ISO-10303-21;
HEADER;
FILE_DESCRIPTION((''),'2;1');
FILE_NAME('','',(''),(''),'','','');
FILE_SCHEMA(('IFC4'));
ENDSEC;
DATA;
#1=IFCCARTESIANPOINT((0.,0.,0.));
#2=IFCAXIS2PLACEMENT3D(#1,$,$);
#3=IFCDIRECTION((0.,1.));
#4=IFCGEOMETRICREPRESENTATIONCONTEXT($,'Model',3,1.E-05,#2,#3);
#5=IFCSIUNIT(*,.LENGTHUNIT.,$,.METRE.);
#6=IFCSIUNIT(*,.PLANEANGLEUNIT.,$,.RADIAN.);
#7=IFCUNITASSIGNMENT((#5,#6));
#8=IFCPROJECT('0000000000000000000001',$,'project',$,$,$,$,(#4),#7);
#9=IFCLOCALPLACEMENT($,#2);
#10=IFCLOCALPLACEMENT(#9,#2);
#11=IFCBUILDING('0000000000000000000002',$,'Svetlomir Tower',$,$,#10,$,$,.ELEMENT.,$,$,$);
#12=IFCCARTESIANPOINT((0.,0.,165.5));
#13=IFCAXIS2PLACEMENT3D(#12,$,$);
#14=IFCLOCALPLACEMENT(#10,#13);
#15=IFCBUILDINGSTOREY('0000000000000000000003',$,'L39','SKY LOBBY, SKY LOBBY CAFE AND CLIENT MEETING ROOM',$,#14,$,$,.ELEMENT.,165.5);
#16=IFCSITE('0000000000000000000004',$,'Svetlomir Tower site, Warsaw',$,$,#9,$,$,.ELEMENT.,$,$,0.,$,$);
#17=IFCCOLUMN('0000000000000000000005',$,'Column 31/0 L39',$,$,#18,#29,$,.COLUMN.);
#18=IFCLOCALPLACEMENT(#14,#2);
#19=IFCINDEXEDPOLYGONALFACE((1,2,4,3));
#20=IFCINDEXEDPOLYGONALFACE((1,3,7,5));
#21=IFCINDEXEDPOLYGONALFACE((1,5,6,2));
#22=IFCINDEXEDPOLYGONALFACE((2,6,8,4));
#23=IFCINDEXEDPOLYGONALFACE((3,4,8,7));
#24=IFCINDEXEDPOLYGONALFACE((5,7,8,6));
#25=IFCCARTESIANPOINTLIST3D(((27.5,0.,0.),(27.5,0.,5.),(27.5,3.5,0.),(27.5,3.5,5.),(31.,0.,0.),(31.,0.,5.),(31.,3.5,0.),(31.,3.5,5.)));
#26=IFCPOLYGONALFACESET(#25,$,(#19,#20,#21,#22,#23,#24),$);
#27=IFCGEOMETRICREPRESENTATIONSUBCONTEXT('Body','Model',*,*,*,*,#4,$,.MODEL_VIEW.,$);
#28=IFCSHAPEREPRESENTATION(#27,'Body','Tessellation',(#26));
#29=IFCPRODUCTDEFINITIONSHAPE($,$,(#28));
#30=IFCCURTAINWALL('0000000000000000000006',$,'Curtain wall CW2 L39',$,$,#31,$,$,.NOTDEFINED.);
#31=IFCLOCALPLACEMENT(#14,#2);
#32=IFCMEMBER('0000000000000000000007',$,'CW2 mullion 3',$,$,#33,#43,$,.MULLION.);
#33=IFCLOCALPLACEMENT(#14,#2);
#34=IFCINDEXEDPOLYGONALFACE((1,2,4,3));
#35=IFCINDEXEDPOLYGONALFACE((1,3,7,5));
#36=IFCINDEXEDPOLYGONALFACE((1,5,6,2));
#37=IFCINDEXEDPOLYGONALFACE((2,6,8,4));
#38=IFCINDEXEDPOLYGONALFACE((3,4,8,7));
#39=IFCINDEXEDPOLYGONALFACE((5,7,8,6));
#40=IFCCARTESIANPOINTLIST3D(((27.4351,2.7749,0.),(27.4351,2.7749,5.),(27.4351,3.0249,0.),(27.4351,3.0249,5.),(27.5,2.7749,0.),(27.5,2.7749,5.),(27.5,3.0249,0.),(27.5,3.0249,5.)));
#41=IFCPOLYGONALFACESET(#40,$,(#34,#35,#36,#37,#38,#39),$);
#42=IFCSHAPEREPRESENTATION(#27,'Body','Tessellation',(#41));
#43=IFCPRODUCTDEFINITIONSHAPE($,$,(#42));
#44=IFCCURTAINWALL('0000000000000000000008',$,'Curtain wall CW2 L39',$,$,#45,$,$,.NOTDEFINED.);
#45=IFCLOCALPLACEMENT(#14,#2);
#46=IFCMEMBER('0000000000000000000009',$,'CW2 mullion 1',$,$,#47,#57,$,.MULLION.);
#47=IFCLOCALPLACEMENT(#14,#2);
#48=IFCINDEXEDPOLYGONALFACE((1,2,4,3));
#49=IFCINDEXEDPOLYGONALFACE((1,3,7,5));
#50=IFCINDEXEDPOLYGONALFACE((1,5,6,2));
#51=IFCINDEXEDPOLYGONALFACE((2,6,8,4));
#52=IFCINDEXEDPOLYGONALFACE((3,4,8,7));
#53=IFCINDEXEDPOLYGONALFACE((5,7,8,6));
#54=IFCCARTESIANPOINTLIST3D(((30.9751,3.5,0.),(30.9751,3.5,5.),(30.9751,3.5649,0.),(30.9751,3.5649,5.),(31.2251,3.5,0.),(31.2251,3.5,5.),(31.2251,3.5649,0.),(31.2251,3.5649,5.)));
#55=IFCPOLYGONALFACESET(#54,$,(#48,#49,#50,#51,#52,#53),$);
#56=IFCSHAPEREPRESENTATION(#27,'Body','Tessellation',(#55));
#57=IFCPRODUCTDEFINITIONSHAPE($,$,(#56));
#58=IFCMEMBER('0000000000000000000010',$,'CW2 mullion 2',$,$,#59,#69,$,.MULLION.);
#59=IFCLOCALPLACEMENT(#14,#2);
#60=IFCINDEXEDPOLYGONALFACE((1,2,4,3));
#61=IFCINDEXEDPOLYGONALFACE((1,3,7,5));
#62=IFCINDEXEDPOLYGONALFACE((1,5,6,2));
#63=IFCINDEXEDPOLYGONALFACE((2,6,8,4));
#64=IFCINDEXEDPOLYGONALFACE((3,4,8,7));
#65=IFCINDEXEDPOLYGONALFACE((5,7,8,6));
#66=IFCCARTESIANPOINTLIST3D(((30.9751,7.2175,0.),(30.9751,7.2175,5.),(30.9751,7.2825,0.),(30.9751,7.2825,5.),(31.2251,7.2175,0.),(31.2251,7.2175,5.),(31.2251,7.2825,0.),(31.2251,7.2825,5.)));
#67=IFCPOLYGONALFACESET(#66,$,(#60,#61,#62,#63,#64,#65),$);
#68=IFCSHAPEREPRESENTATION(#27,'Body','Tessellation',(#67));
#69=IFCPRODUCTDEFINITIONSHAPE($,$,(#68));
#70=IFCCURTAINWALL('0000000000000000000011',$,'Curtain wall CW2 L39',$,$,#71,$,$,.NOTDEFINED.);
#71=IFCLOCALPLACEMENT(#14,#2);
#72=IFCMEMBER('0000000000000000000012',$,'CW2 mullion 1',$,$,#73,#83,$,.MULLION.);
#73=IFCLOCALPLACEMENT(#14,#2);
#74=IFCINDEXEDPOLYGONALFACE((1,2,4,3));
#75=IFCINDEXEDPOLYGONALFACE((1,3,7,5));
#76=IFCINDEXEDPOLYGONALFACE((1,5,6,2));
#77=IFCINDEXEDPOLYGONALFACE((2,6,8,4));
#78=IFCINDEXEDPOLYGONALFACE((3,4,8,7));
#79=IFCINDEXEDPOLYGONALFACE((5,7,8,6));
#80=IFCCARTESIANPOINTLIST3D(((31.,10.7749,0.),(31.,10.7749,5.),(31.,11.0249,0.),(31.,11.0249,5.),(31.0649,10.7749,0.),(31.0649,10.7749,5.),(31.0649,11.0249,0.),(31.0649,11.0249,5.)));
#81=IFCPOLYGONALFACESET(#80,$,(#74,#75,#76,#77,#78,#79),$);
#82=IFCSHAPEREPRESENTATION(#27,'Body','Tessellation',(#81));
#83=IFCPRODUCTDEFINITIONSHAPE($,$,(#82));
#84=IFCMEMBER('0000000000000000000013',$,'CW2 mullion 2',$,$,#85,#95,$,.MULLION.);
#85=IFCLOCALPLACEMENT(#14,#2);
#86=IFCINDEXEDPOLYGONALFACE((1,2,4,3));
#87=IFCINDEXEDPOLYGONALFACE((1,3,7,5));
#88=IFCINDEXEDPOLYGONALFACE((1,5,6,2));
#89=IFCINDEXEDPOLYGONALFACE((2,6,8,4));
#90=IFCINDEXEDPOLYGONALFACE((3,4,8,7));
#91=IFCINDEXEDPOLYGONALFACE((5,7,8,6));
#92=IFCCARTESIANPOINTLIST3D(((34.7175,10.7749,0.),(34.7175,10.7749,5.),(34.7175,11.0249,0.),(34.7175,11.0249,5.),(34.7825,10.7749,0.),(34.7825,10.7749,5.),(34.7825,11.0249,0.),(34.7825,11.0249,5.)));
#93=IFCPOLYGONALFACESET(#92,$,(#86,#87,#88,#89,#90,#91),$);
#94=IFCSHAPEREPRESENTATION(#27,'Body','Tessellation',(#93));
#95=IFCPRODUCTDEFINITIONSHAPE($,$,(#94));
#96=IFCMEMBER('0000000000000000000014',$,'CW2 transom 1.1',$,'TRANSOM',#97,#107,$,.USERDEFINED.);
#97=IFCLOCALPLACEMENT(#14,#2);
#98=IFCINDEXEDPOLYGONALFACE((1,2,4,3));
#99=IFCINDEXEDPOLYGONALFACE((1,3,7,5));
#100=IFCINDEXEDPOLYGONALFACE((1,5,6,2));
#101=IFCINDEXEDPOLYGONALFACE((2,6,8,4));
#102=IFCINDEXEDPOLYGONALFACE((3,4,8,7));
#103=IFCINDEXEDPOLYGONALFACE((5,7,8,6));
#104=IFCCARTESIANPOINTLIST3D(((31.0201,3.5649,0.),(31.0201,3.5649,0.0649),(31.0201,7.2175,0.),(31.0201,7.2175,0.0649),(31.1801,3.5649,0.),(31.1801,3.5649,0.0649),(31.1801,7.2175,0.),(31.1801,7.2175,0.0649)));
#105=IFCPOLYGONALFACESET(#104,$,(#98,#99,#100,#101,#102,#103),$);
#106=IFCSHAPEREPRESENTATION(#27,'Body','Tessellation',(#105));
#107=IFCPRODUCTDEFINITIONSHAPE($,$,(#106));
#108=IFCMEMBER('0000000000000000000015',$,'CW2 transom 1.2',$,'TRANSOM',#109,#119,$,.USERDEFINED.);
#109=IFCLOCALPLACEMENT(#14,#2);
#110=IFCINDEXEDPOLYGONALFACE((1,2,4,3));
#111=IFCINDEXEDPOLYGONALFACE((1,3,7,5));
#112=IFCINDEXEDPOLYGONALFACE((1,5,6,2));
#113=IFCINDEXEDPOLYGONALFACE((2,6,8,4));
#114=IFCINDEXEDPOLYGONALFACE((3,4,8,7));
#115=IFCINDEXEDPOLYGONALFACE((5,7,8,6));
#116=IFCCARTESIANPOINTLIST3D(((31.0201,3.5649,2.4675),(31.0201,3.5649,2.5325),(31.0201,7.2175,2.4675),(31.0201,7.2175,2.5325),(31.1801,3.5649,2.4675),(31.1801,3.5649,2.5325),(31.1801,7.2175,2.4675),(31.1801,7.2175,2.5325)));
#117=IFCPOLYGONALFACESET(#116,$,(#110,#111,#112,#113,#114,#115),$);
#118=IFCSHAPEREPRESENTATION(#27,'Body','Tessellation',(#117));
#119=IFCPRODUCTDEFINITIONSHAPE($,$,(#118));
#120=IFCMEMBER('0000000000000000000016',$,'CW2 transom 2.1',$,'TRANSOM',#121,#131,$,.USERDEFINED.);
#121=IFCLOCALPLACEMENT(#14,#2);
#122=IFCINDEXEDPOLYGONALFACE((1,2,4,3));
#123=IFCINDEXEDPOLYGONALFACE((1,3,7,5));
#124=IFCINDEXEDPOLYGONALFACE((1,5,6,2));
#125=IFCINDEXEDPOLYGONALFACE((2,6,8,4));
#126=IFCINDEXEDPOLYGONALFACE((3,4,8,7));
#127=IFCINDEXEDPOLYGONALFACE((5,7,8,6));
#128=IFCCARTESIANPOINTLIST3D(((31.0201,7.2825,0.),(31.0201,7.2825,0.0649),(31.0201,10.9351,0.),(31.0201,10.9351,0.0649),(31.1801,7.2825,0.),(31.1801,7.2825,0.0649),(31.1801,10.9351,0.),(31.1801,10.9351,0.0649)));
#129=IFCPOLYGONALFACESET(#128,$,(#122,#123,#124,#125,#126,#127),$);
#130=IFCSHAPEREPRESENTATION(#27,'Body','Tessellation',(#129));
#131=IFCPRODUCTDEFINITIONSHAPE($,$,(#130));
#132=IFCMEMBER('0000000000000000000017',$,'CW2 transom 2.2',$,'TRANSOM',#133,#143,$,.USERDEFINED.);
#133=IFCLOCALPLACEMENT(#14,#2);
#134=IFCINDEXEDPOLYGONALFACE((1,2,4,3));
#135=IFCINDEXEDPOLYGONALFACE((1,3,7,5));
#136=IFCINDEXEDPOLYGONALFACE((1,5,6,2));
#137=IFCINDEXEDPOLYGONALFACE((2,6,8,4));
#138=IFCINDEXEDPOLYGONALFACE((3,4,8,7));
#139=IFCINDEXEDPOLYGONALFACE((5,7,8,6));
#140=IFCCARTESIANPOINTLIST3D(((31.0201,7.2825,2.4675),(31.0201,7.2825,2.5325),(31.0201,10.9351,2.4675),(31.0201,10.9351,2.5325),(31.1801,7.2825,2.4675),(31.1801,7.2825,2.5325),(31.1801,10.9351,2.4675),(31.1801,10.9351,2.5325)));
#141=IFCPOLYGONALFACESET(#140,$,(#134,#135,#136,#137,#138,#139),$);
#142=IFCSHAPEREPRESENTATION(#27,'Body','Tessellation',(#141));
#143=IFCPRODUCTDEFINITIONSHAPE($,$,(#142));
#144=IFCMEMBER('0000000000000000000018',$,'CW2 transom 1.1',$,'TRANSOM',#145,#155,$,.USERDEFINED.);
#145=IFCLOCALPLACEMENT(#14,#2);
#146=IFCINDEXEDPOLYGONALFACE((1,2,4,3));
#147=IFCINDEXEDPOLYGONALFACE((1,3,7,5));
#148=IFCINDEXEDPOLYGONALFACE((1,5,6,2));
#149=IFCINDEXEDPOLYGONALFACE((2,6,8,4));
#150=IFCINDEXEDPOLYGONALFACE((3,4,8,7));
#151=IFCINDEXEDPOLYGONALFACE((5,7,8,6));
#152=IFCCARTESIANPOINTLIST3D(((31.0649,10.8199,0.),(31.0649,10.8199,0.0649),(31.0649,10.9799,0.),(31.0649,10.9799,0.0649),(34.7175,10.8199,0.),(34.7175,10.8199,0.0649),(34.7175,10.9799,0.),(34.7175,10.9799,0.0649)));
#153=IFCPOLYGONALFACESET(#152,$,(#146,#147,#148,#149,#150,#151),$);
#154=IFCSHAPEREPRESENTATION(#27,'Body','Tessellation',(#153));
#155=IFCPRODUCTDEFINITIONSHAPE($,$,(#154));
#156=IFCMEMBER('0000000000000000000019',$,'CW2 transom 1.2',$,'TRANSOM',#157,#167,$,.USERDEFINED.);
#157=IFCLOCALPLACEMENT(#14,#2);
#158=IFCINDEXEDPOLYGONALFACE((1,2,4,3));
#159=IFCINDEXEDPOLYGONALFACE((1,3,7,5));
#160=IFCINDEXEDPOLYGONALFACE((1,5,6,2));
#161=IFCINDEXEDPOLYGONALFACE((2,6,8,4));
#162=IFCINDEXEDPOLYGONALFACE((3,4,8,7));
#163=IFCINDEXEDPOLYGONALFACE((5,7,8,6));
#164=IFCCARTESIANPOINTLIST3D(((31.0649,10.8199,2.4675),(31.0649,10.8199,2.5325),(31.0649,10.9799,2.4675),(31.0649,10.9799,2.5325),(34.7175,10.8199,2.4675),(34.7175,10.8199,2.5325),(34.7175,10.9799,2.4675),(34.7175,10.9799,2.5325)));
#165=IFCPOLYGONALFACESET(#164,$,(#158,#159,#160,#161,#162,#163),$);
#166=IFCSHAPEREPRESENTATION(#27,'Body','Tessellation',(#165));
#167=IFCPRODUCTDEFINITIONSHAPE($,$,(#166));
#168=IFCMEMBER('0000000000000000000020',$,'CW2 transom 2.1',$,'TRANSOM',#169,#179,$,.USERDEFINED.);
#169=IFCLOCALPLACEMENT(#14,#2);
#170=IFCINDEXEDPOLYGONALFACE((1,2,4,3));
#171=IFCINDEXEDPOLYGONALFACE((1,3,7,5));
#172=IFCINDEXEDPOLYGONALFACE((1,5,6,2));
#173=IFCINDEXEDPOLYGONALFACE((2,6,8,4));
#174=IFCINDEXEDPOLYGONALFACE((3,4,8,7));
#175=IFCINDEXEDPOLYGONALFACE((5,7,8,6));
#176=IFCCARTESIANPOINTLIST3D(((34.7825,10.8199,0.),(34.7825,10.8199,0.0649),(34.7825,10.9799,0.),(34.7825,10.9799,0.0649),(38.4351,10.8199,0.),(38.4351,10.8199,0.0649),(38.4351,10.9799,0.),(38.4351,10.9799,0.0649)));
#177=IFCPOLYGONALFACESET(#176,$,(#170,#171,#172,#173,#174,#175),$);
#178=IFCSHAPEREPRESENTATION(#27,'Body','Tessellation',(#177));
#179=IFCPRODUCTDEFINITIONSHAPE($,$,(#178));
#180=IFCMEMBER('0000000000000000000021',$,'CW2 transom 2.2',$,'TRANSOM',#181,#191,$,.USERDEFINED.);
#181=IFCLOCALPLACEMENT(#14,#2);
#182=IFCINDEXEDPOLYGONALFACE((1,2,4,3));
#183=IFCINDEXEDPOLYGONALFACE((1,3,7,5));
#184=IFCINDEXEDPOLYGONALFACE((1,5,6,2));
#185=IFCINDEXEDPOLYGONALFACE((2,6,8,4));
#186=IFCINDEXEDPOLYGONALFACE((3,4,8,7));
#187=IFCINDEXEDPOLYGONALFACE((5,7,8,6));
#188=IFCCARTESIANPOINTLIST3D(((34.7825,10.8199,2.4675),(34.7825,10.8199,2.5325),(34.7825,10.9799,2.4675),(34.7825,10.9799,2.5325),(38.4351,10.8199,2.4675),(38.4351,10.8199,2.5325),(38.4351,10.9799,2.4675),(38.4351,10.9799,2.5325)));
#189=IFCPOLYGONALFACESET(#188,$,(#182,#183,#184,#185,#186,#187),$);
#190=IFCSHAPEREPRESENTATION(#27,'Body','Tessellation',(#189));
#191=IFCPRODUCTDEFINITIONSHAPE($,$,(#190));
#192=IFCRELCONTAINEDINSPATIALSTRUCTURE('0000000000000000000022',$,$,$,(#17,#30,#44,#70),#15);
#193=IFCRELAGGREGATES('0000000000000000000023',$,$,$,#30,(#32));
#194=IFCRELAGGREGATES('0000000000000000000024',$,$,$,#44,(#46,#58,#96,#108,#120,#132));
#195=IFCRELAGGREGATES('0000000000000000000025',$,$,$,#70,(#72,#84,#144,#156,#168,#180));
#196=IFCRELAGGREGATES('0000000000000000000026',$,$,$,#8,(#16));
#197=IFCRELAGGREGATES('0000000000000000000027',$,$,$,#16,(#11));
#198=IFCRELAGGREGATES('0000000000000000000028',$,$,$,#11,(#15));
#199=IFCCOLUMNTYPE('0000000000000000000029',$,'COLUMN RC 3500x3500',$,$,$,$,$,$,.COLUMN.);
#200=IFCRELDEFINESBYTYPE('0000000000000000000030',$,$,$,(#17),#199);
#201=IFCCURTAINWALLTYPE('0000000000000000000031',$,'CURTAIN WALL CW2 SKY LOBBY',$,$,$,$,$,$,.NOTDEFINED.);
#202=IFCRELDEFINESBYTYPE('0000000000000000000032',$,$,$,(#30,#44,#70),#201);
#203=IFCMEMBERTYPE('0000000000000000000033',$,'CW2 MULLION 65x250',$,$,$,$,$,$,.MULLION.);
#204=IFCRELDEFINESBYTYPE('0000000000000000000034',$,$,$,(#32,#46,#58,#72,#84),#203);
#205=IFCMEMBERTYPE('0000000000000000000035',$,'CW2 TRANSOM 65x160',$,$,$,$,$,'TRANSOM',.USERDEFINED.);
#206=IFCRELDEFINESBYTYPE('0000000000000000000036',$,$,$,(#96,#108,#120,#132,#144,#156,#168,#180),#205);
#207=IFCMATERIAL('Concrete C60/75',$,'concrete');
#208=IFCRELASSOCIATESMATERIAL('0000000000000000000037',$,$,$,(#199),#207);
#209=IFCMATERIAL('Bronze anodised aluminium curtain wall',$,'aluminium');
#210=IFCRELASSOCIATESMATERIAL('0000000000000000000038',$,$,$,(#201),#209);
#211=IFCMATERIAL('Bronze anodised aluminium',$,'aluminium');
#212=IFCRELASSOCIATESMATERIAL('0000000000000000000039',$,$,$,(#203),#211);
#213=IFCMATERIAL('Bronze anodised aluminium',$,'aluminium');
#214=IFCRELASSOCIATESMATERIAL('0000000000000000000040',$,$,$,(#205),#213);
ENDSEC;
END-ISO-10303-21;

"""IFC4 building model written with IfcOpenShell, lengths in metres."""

from ifc_helpers import new_model, si_unit, direction, frame, origin, origin_2d, place, context, subcontext, project, spatial, rectangle, extrude, material, material_profile, profile_set, type_object, element, aggregate, save


model = new_model("IFC4")

# Units and contexts
model_context = context("Model", 3, precision=1e-05, world=origin(), true_north=direction((0.0, 1.0)))
body_context = subcontext(model_context, "Body", "Model", "MODEL_VIEW")
ifc_project = project(units=[si_unit("LENGTHUNIT", "METRE"), si_unit("PLANEANGLEUNIT", "RADIAN")], contexts=[model_context])

# Site, building, storey
site_placement = place(None, origin())
site = spatial("IfcSite", under=ifc_project, at=site_placement, Name="Svetlomir Tower site, Warsaw", CompositionType="ELEMENT", RefElevation=0.0)
building_placement = place(site_placement, origin())
building = spatial("IfcBuilding", under=site, at=building_placement, Name="Svetlomir Tower", CompositionType="ELEMENT")
storey_placement = place(building_placement, frame((0.0, 0.0, 165.5)))
storey = spatial("IfcBuildingStorey", under=building, at=storey_placement, Name="L39", Description="SKY LOBBY, SKY LOBBY CAFE AND CLIENT MEETING ROOM", CompositionType="ELEMENT", Elevation=165.5)

# Column
ifc_material_1 = material(Name="Concrete C60/75", Category="concrete")
ifc_material_profile_1 = material_profile(ifc_material_1, rectangle(XDim=3.5, YDim=3.5, at=origin_2d()), Name="RC 3500x3500")
ifc_profile_set_1 = profile_set([ifc_material_profile_1], Name="Concrete C60/75")
column_type = type_object("IfcColumnType", Name="COLUMN RC 3500x3500", PredefinedType="COLUMN", material=ifc_profile_set_1)
column_placement = place(storey_placement, frame((29.25, 1.75, 0.0), z_axis=(0.0, 0.0, 1.0), x_axis=(1.0, 0.0, 0.0)))
element("IfcColumn", 1, at=column_placement, inside=storey, type_object=column_type, Name="Column 31/0 L39", PredefinedType="COLUMN", context=body_context, shape_type="SweptSolid", body=[
    extrude(rectangle(XDim=3.5, YDim=3.5, at=origin_2d()), origin(), (0.0, 0.0, 1.0), 5.0),
])

# Curtain wall, member
ifc_material_2 = material(Name="Bronze anodised aluminium curtain wall", Category="aluminium")
curtain_wall_type = type_object("IfcCurtainWallType", Name="CURTAIN WALL CW2 SKY LOBBY", PredefinedType="NOTDEFINED", material=ifc_material_2)
curtain_wall_1_placement = place(storey_placement, origin())
curtain_wall_1 = element("IfcCurtainWall", 2, at=curtain_wall_1_placement, inside=storey, type_object=curtain_wall_type, Name="Curtain wall CW2 L39", PredefinedType="NOTDEFINED")
ifc_material_3 = material(Name="Bronze anodised aluminium", Category="aluminium")
ifc_material_profile_2 = material_profile(ifc_material_3, rectangle(XDim=0.0649, YDim=0.25, at=origin_2d()), Name="AL 65x250")
ifc_profile_set_2 = profile_set([ifc_material_profile_2], Name="Bronze anodised aluminium 6063-T6")
member_type_1 = type_object("IfcMemberType", Name="CW2 MULLION 65x250", PredefinedType="MULLION", material=ifc_profile_set_2)
member_1_placement = place(storey_placement, frame((27.4675, 2.8999, 0.0), z_axis=(0.0, 0.0, 1.0), x_axis=(1.0, 0.0, 0.0)))
member_1 = element("IfcMember", 3, at=member_1_placement, type_object=member_type_1, Name="CW2 mullion 3", PredefinedType="MULLION", context=body_context, shape_type="SweptSolid", body=[
    extrude(rectangle(XDim=0.0649, YDim=0.25, at=origin_2d()), origin(), (0.0, 0.0, 1.0), 5.0),
])
aggregate(curtain_wall_1, [member_1])

# Curtain walls, members
curtain_wall_2_placement = place(storey_placement, origin())
curtain_wall_2 = element("IfcCurtainWall", 4, at=curtain_wall_2_placement, inside=storey, type_object=curtain_wall_type, Name="Curtain wall CW2 L39", PredefinedType="NOTDEFINED")
member_2_placement = place(storey_placement, frame((31.1001, 3.5325, 0.0), z_axis=(0.0, 0.0, 1.0), x_axis=(0.0, 1.0, 0.0)))
member_2 = element("IfcMember", 5, at=member_2_placement, type_object=member_type_1, Name="CW2 mullion 1", PredefinedType="MULLION", context=body_context, shape_type="SweptSolid", body=[
    extrude(rectangle(XDim=0.0649, YDim=0.25, at=origin_2d()), origin(), (0.0, 0.0, 1.0), 5.0),
])
member_3_placement = place(storey_placement, frame((31.1001, 7.25, 0.0), z_axis=(0.0, 0.0, 1.0), x_axis=(0.0, 1.0, 0.0)))
member_3 = element("IfcMember", 6, at=member_3_placement, type_object=member_type_1, Name="CW2 mullion 2", PredefinedType="MULLION", context=body_context, shape_type="SweptSolid", body=[
    extrude(rectangle(XDim=0.0649, YDim=0.25, at=origin_2d()), origin(), (0.0, 0.0, 1.0), 5.0),
])
curtain_wall_3_placement = place(storey_placement, origin())
curtain_wall_3 = element("IfcCurtainWall", 7, at=curtain_wall_3_placement, inside=storey, type_object=curtain_wall_type, Name="Curtain wall CW2 L39", PredefinedType="NOTDEFINED")
member_4_placement = place(storey_placement, frame((31.0325, 10.8999, 0.0), z_axis=(0.0, 0.0, 1.0), x_axis=(1.0, 0.0, 0.0)))
member_4 = element("IfcMember", 8, at=member_4_placement, type_object=member_type_1, Name="CW2 mullion 1", PredefinedType="MULLION", context=body_context, shape_type="SweptSolid", body=[
    extrude(rectangle(XDim=0.0649, YDim=0.25, at=origin_2d()), origin(), (0.0, 0.0, 1.0), 5.0),
])
member_5_placement = place(storey_placement, frame((34.75, 10.8999, 0.0), z_axis=(0.0, 0.0, 1.0), x_axis=(1.0, 0.0, 0.0)))
member_5 = element("IfcMember", 9, at=member_5_placement, type_object=member_type_1, Name="CW2 mullion 2", PredefinedType="MULLION", context=body_context, shape_type="SweptSolid", body=[
    extrude(rectangle(XDim=0.0649, YDim=0.25, at=origin_2d()), origin(), (0.0, 0.0, 1.0), 5.0),
])

# Members
ifc_material_4 = material(Name="Bronze anodised aluminium", Category="aluminium")
ifc_material_profile_3 = material_profile(ifc_material_4, rectangle(XDim=0.1599, YDim=0.0649, at=origin_2d()), Name="AL 160x65")
ifc_profile_set_3 = profile_set([ifc_material_profile_3], Name="Bronze anodised aluminium 6063-T6")
member_type_2 = type_object("IfcMemberType", Name="CW2 TRANSOM 65x160", ElementType="TRANSOM", PredefinedType="USERDEFINED", material=ifc_profile_set_3)
member_6_placement = place(storey_placement, frame((31.1001, 3.5649, 0.0325), z_axis=(0.0, 1.0, 0.0), x_axis=(-1.0, 0.0, 0.0)))
member_6 = element("IfcMember", 10, at=member_6_placement, type_object=member_type_2, Name="CW2 transom 1.1", ObjectType="TRANSOM", PredefinedType="USERDEFINED", context=body_context, shape_type="SweptSolid", body=[
    extrude(rectangle(XDim=0.1599, YDim=0.0649, at=origin_2d()), origin(), (0.0, 0.0, 1.0), 3.6526),
])
member_7_placement = place(storey_placement, frame((31.1001, 3.5649, 2.5), z_axis=(0.0, 1.0, 0.0), x_axis=(-1.0, 0.0, 0.0)))
member_7 = element("IfcMember", 11, at=member_7_placement, type_object=member_type_2, Name="CW2 transom 1.2", ObjectType="TRANSOM", PredefinedType="USERDEFINED", context=body_context, shape_type="SweptSolid", body=[
    extrude(rectangle(XDim=0.1599, YDim=0.0649, at=origin_2d()), origin(), (0.0, 0.0, 1.0), 3.6526),
])
member_8_placement = place(storey_placement, frame((31.1001, 7.2825, 0.0325), z_axis=(0.0, 1.0, 0.0), x_axis=(-1.0, 0.0, 0.0)))
member_8 = element("IfcMember", 12, at=member_8_placement, type_object=member_type_2, Name="CW2 transom 2.1", ObjectType="TRANSOM", PredefinedType="USERDEFINED", context=body_context, shape_type="SweptSolid", body=[
    extrude(rectangle(XDim=0.1599, YDim=0.0649, at=origin_2d()), origin(), (0.0, 0.0, 1.0), 3.6526),
])
member_9_placement = place(storey_placement, frame((31.1001, 7.2825, 2.5), z_axis=(0.0, 1.0, 0.0), x_axis=(-1.0, 0.0, 0.0)))
member_9 = element("IfcMember", 13, at=member_9_placement, type_object=member_type_2, Name="CW2 transom 2.2", ObjectType="TRANSOM", PredefinedType="USERDEFINED", context=body_context, shape_type="SweptSolid", body=[
    extrude(rectangle(XDim=0.1599, YDim=0.0649, at=origin_2d()), origin(), (0.0, 0.0, 1.0), 3.6526),
])
member_10_placement = place(storey_placement, frame((31.0649, 10.8999, 0.0325), z_axis=(1.0, 0.0, 0.0), x_axis=(0.0, 1.0, 0.0)))
member_10 = element("IfcMember", 14, at=member_10_placement, type_object=member_type_2, Name="CW2 transom 1.1", ObjectType="TRANSOM", PredefinedType="USERDEFINED", context=body_context, shape_type="SweptSolid", body=[
    extrude(rectangle(XDim=0.1599, YDim=0.0649, at=origin_2d()), origin(), (0.0, 0.0, 1.0), 3.6526),
])
member_11_placement = place(storey_placement, frame((31.0649, 10.8999, 2.5), z_axis=(1.0, 0.0, 0.0), x_axis=(0.0, 1.0, 0.0)))
member_11 = element("IfcMember", 15, at=member_11_placement, type_object=member_type_2, Name="CW2 transom 1.2", ObjectType="TRANSOM", PredefinedType="USERDEFINED", context=body_context, shape_type="SweptSolid", body=[
    extrude(rectangle(XDim=0.1599, YDim=0.0649, at=origin_2d()), origin(), (0.0, 0.0, 1.0), 3.6526),
])
member_12_placement = place(storey_placement, frame((34.7825, 10.8999, 0.0325), z_axis=(1.0, 0.0, 0.0), x_axis=(0.0, 1.0, 0.0)))
member_12 = element("IfcMember", 16, at=member_12_placement, type_object=member_type_2, Name="CW2 transom 2.1", ObjectType="TRANSOM", PredefinedType="USERDEFINED", context=body_context, shape_type="SweptSolid", body=[
    extrude(rectangle(XDim=0.1599, YDim=0.0649, at=origin_2d()), origin(), (0.0, 0.0, 1.0), 3.6526),
])
member_13_placement = place(storey_placement, frame((34.7825, 10.8999, 2.5), z_axis=(1.0, 0.0, 0.0), x_axis=(0.0, 1.0, 0.0)))
member_13 = element("IfcMember", 17, at=member_13_placement, type_object=member_type_2, Name="CW2 transom 2.2", ObjectType="TRANSOM", PredefinedType="USERDEFINED", context=body_context, shape_type="SweptSolid", body=[
    extrude(rectangle(XDim=0.1599, YDim=0.0649, at=origin_2d()), origin(), (0.0, 0.0, 1.0), 3.6526),
])

aggregate(curtain_wall_2, [member_2, member_3, member_6, member_7, member_8, member_9])
aggregate(curtain_wall_3, [member_4, member_5, member_10, member_11, member_12, member_13])

save(model, "model.ifc")
